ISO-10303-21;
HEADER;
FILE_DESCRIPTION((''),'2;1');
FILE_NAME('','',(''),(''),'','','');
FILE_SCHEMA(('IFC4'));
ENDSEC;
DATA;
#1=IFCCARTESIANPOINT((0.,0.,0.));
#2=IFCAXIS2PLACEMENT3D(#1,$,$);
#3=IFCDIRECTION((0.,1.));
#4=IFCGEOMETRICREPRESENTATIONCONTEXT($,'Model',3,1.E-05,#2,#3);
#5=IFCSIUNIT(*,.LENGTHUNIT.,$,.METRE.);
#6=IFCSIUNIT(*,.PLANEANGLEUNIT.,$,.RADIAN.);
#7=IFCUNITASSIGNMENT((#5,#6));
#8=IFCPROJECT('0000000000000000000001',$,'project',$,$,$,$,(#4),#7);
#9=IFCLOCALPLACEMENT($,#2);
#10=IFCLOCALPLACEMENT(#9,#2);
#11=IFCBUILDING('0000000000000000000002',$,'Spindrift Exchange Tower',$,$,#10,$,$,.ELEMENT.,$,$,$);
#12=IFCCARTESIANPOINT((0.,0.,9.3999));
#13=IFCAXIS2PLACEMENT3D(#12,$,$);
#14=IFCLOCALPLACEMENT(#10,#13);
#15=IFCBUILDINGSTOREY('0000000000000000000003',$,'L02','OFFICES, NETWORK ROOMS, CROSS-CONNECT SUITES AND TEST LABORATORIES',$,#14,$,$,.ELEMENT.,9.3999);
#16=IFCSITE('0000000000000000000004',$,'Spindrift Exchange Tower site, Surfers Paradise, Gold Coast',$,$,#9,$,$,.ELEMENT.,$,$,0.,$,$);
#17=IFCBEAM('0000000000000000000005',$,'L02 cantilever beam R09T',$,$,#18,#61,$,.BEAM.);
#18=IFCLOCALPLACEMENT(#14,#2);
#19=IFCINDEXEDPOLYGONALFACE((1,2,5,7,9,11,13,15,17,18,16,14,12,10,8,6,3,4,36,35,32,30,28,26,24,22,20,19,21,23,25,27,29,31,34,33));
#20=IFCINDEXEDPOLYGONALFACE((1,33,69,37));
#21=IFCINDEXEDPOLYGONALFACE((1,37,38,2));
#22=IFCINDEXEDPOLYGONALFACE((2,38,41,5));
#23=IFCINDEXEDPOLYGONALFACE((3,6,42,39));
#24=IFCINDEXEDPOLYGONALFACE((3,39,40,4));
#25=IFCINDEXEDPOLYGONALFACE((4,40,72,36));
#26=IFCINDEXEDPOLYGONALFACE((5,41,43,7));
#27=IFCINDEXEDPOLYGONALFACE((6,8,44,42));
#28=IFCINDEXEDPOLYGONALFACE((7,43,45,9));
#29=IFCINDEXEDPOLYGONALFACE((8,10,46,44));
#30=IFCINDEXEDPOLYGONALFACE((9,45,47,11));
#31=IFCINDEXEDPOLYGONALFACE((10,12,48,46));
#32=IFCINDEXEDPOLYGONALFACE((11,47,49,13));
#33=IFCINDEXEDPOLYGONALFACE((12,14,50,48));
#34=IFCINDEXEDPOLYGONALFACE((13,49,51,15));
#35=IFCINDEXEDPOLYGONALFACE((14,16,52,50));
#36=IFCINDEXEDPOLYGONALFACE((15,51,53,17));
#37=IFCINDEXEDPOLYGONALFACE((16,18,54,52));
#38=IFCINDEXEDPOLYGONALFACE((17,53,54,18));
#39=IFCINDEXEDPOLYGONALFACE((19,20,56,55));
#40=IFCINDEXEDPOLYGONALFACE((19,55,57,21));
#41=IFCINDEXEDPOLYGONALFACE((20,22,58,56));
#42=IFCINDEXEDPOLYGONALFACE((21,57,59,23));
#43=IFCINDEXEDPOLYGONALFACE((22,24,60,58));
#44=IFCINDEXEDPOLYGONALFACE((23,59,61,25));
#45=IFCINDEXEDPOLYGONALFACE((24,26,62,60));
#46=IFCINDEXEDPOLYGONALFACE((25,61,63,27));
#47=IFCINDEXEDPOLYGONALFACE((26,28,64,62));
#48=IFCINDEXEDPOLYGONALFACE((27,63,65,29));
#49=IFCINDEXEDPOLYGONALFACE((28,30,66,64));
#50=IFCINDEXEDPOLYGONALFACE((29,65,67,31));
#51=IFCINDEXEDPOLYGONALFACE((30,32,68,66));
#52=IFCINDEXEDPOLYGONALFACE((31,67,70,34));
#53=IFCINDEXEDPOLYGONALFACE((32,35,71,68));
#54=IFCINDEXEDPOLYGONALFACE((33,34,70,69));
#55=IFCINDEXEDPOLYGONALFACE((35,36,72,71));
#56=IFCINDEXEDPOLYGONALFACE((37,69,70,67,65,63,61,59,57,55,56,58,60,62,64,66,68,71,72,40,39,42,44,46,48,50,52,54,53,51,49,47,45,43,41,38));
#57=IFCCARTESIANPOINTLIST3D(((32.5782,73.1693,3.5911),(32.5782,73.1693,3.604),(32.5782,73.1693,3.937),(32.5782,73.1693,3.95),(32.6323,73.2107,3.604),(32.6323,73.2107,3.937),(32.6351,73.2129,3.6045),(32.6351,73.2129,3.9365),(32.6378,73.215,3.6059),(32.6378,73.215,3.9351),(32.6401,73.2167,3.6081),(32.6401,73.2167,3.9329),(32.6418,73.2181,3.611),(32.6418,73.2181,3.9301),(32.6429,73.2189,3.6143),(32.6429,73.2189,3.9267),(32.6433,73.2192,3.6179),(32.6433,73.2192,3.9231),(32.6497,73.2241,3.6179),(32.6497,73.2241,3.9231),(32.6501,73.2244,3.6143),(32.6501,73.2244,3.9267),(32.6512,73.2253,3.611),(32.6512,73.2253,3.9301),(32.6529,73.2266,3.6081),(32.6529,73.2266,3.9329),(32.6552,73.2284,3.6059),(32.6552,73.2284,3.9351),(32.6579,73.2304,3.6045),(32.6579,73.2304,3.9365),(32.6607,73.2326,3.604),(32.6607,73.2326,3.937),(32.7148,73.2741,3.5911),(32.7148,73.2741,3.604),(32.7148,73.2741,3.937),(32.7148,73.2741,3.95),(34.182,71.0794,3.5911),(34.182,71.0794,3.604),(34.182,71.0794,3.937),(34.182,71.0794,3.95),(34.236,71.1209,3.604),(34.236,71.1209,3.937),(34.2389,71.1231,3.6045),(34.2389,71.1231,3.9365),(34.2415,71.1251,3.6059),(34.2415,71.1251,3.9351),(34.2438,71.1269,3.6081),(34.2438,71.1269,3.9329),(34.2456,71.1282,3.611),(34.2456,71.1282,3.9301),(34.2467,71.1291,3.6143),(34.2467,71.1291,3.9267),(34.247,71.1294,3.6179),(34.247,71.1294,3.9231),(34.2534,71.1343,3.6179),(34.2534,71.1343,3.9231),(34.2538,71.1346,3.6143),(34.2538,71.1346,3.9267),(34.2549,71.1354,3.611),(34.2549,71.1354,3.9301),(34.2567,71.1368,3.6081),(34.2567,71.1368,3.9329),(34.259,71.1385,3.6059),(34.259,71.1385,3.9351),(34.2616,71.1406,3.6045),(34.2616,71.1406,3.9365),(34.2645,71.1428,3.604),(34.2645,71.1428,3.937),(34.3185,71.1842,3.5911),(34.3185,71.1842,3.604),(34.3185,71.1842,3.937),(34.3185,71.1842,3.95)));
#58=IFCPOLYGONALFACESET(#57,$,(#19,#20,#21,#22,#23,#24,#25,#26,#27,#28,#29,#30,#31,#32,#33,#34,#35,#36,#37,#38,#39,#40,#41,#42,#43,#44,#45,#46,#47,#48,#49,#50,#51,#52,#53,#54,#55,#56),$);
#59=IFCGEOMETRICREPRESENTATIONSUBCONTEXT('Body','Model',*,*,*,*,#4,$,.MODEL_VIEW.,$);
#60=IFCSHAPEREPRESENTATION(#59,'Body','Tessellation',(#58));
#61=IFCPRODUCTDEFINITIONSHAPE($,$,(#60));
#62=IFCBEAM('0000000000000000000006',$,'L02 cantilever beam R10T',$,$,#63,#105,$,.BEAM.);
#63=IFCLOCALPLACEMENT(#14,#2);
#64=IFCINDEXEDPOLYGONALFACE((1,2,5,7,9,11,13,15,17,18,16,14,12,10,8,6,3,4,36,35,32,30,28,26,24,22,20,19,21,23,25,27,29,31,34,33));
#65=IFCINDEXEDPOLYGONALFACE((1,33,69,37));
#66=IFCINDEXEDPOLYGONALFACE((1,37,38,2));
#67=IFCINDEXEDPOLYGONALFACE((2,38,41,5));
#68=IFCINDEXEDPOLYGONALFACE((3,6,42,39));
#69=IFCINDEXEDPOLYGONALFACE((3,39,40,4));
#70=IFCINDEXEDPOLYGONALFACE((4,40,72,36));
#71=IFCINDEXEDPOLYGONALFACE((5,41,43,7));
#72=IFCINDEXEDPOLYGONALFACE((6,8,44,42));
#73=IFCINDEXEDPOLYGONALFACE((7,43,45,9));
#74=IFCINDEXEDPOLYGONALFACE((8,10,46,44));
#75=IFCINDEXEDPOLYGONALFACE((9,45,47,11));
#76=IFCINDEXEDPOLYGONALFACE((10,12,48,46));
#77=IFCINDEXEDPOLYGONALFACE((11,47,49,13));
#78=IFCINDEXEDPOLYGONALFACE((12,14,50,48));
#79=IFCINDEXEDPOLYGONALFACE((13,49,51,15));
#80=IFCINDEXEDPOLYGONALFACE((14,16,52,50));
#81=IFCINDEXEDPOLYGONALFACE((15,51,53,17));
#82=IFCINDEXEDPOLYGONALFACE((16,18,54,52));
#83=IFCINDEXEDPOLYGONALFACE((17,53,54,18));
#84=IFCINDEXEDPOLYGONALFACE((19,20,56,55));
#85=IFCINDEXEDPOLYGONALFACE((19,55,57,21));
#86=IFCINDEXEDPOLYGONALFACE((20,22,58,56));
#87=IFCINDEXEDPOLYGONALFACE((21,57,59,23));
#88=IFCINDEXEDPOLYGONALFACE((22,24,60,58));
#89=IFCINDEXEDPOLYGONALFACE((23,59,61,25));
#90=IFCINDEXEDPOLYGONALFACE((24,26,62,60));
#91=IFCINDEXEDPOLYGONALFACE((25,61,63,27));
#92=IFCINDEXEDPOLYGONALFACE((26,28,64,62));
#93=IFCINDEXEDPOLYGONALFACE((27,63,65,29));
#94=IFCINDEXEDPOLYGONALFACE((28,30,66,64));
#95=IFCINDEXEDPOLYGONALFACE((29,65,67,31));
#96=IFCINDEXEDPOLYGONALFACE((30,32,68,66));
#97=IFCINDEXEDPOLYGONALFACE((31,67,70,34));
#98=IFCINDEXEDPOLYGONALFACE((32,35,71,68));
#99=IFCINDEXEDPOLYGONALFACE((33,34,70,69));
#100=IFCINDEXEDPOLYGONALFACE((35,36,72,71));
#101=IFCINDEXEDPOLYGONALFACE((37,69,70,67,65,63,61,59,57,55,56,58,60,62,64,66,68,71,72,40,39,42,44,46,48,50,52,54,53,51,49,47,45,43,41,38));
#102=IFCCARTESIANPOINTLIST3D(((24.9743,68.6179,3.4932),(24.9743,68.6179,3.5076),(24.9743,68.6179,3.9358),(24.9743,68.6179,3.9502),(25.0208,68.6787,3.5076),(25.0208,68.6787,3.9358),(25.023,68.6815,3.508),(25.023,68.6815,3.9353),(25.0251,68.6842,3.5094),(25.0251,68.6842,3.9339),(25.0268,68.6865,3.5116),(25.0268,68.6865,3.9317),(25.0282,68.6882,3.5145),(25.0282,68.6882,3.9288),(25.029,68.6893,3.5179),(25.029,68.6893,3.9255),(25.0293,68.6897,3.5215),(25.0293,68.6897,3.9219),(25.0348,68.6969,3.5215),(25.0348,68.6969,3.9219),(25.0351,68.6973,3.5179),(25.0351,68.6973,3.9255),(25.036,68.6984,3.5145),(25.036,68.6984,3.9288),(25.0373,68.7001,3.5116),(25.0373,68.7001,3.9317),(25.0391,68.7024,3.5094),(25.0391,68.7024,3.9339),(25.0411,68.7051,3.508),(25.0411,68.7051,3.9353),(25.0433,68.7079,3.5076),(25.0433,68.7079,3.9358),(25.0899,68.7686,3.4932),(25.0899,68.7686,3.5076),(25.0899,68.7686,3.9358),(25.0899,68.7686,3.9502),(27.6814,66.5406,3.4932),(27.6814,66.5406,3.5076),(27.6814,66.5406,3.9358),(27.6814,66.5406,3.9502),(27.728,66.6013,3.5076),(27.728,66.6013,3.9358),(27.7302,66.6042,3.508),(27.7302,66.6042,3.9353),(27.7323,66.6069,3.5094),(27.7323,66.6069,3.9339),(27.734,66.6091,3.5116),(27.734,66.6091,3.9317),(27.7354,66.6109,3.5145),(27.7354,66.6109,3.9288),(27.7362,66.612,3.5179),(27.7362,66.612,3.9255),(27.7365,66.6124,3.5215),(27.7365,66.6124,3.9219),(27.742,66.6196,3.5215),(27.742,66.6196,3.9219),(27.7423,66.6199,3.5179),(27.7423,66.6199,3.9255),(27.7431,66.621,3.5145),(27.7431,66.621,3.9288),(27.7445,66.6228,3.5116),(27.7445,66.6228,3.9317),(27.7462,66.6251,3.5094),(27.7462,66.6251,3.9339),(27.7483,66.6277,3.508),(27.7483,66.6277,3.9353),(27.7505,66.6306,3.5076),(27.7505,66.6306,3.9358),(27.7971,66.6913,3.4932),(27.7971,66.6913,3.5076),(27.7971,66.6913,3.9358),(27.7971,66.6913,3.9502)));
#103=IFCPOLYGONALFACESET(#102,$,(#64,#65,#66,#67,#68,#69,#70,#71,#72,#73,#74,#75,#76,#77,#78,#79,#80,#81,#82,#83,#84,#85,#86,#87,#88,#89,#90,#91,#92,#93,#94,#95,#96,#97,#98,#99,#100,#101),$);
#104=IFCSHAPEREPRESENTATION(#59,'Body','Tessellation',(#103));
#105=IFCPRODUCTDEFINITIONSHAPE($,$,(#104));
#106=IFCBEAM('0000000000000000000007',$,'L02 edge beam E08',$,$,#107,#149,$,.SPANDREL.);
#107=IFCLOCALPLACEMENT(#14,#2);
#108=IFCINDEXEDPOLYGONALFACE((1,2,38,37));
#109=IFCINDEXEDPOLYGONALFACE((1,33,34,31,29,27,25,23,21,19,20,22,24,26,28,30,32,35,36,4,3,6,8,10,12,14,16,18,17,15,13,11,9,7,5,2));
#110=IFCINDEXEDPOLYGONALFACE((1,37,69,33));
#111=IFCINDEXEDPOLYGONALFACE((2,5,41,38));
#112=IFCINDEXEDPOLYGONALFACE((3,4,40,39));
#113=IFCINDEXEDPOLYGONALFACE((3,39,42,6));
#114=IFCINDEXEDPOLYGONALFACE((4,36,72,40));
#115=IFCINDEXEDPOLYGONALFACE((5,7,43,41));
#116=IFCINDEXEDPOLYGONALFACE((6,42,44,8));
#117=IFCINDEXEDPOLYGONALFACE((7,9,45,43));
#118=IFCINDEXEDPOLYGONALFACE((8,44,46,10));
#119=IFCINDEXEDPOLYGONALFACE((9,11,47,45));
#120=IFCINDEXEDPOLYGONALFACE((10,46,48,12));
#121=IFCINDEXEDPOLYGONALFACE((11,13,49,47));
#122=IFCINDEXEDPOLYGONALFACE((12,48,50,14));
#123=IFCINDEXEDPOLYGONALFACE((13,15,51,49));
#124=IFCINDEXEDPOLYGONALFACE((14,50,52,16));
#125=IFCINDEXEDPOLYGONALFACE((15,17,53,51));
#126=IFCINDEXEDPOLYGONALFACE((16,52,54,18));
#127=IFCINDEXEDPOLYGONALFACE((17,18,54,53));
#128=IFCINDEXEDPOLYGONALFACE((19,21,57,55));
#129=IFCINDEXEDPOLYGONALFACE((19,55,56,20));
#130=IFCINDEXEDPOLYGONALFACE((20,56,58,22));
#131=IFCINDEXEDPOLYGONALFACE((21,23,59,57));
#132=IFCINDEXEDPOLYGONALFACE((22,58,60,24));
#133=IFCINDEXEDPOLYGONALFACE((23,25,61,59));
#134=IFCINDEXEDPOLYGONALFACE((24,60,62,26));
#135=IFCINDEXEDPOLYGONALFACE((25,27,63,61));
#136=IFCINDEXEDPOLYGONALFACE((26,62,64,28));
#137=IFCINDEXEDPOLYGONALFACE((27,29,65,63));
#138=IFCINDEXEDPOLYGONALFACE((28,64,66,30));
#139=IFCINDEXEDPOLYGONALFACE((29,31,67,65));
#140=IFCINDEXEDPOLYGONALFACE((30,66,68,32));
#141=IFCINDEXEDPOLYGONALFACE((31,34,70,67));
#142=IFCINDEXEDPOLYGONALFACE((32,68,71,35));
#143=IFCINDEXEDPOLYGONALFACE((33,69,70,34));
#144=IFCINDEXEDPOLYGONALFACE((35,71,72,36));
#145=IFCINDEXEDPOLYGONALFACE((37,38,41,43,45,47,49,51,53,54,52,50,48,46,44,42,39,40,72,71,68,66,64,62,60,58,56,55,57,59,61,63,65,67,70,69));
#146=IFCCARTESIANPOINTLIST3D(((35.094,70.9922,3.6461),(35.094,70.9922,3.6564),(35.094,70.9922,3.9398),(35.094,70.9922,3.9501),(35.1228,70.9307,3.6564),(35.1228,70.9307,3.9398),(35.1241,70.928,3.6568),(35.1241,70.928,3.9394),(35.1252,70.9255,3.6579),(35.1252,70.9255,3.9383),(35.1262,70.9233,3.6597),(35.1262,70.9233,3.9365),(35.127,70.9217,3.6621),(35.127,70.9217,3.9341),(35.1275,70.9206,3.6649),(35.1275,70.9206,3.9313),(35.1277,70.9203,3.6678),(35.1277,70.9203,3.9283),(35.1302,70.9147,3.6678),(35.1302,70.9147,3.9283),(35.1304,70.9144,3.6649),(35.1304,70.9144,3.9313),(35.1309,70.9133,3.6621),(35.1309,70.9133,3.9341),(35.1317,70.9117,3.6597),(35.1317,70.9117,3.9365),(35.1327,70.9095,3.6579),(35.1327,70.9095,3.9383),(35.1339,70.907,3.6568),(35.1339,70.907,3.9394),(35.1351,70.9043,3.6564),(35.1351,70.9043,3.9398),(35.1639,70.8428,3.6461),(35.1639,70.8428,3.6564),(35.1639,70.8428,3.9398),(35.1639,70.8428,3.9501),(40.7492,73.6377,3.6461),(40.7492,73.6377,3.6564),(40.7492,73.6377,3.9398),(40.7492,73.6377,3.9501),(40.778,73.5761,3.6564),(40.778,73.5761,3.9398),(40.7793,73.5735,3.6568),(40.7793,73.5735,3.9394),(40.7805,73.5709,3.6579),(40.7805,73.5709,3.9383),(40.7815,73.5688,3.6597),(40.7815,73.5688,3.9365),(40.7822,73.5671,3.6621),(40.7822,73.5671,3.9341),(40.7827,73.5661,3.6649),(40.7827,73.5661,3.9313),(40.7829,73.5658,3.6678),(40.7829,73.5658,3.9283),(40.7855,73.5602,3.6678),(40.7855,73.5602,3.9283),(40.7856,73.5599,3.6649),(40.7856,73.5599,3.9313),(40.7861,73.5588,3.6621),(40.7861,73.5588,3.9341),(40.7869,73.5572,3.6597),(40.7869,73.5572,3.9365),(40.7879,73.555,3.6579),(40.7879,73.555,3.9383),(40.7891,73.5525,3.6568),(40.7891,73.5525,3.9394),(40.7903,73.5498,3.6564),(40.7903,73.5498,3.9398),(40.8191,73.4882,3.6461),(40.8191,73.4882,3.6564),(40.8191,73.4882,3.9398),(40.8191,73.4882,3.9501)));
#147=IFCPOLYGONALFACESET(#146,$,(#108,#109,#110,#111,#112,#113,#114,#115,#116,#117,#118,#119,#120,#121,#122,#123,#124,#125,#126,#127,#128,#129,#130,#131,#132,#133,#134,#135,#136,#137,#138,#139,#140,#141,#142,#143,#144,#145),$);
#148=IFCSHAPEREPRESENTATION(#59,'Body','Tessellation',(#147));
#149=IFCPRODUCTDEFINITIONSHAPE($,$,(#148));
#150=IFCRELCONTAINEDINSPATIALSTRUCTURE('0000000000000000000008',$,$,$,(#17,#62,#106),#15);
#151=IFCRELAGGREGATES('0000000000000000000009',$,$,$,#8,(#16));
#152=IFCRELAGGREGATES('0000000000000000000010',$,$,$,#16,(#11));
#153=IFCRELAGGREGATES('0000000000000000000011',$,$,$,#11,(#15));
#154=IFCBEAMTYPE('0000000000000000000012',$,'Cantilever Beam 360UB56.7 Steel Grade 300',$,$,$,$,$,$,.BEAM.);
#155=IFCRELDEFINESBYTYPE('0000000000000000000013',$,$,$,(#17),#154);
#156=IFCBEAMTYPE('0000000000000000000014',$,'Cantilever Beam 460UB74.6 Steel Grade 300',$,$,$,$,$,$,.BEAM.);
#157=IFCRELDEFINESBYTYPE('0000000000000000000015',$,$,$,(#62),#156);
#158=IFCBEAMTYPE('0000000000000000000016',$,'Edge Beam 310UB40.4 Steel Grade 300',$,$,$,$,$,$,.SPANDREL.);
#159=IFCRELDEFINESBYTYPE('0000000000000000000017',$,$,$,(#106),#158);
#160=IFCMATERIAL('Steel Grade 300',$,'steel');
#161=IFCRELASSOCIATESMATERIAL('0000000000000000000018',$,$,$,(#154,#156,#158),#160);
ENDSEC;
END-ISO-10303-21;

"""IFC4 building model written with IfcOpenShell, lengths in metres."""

from ifc_helpers import new_model, si_unit, direction, frame, origin, origin_2d, place, context, subcontext, project, spatial, i_section, extrude, source, transform, mapped, material, material_profile, profile_set, type_object, element, save


model = new_model("IFC4")

# Units and contexts
model_context = context("Model", 3, precision=1e-05, world=origin(), true_north=direction((0.0, 1.0)))
body_context = subcontext(model_context, "Body", "Model", "MODEL_VIEW")
ifc_project = project(units=[si_unit("LENGTHUNIT", "METRE"), si_unit("PLANEANGLEUNIT", "RADIAN")], contexts=[model_context])

# Site, building, storey
site_placement = place(None, origin())
site = spatial("IfcSite", under=ifc_project, at=site_placement, Name="Spindrift Exchange Tower site, Surfers Paradise, Gold Coast", CompositionType="ELEMENT", RefElevation=0.0)
building_placement = place(site_placement, origin())
building = spatial("IfcBuilding", under=site, at=building_placement, Name="Spindrift Exchange Tower", CompositionType="ELEMENT")
storey_placement = place(building_placement, frame((0.0, 0.0, 9.3999)))
storey = spatial("IfcBuildingStorey", under=building, at=storey_placement, Name="L02", Description="OFFICES, NETWORK ROOMS, CROSS-CONNECT SUITES AND TEST LABORATORIES", CompositionType="ELEMENT", Elevation=9.3999)

# Beams
ifc_material_1 = material(Name="Steel Grade 300", Category="steel")
ifc_material_profile_1 = material_profile(ifc_material_1, i_section(OverallWidth=0.1721, OverallDepth=0.3589, WebThickness=0.0081, FlangeThickness=0.0129, FilletRadius=0.0139, at=origin_2d()), Name="360UB56.7")
ifc_profile_set_1 = profile_set([ifc_material_profile_1], Name="Steel Grade 300")
beam_type_1 = type_object("IfcBeamType", Name="Cantilever Beam 360UB56.7 Steel Grade 300", PredefinedType="BEAM", material=ifc_profile_set_1)
shared_shape_1 = source(origin(), body_context, "Body", "SweptSolid", [
    extrude(i_section(OverallWidth=0.1721, OverallDepth=0.3589, WebThickness=0.0081, FlangeThickness=0.0129, FilletRadius=0.0139, at=origin_2d()), origin(), (0.0, 0.0, 1.0), 2.6343),
])
beam_1_placement = place(storey_placement, frame((34.2502, 71.1318, 3.7705), z_axis=(-0.608801, 0.793323, 0.0), x_axis=(-0.793323, -0.608801, 0.0)))
element("IfcBeam", 1, at=beam_1_placement, inside=storey, type_object=beam_type_1, Name="L02 cantilever beam R09T", PredefinedType="BEAM", context=body_context, shape_type="MappedRepresentation", body=[
    mapped(shared_shape_1, transform((0.0, 0.0, 0.0), scale=1.0)),
])
ifc_material_profile_2 = material_profile(ifc_material_1, i_section(OverallWidth=0.1899, OverallDepth=0.457, WebThickness=0.009, FlangeThickness=0.0144, FilletRadius=0.0139, at=origin_2d()), Name="460UB74.6")
ifc_profile_set_2 = profile_set([ifc_material_profile_2], Name="Steel Grade 300")
beam_type_2 = type_object("IfcBeamType", Name="Cantilever Beam 460UB74.6 Steel Grade 300", PredefinedType="BEAM", material=ifc_profile_set_2)
shared_shape_2 = source(origin(), body_context, "Body", "SweptSolid", [
    extrude(i_section(OverallWidth=0.1899, OverallDepth=0.457, WebThickness=0.009, FlangeThickness=0.0144, FilletRadius=0.0139, at=origin_2d()), origin(), (0.0, 0.0, 1.0), 3.4124),
])
beam_2_placement = place(storey_placement, frame((27.7393, 66.616, 3.7217), z_axis=(-0.79335, 0.608766, 0.0), x_axis=(-0.608766, -0.79335, 0.0)))
element("IfcBeam", 2, at=beam_2_placement, inside=storey, type_object=beam_type_2, Name="L02 cantilever beam R10T", PredefinedType="BEAM", context=body_context, shape_type="MappedRepresentation", body=[
    mapped(shared_shape_2, transform((0.0, 0.0, 0.0), scale=1.0)),
])
ifc_material_profile_3 = material_profile(ifc_material_1, i_section(OverallWidth=0.165, OverallDepth=0.304, WebThickness=0.0061, FlangeThickness=0.0103, FilletRadius=0.0115, at=origin_2d()), Name="310UB40.4")
ifc_profile_set_3 = profile_set([ifc_material_profile_3], Name="Steel Grade 300")
beam_type_3 = type_object("IfcBeamType", Name="Edge Beam 310UB40.4 Steel Grade 300", PredefinedType="SPANDREL", material=ifc_profile_set_3)
shared_shape_3 = source(origin(), body_context, "Body", "SweptSolid", [
    extrude(i_section(OverallWidth=0.165, OverallDepth=0.304, WebThickness=0.0061, FlangeThickness=0.0103, FilletRadius=0.0115, at=origin_2d()), origin(), (0.0, 0.0, 1.0), 6.2434),
])
beam_3_placement = place(storey_placement, frame((40.7842, 73.563, 3.7981), z_axis=(-0.905791, -0.423724, 0.0), x_axis=(0.423724, -0.905791, 0.0)))
element("IfcBeam", 3, at=beam_3_placement, inside=storey, type_object=beam_type_3, Name="L02 edge beam E08", PredefinedType="SPANDREL", context=body_context, shape_type="MappedRepresentation", body=[
    mapped(shared_shape_3, transform((0.0, 0.0, 0.0), scale=1.0)),
])

save(model, "model.ifc")
